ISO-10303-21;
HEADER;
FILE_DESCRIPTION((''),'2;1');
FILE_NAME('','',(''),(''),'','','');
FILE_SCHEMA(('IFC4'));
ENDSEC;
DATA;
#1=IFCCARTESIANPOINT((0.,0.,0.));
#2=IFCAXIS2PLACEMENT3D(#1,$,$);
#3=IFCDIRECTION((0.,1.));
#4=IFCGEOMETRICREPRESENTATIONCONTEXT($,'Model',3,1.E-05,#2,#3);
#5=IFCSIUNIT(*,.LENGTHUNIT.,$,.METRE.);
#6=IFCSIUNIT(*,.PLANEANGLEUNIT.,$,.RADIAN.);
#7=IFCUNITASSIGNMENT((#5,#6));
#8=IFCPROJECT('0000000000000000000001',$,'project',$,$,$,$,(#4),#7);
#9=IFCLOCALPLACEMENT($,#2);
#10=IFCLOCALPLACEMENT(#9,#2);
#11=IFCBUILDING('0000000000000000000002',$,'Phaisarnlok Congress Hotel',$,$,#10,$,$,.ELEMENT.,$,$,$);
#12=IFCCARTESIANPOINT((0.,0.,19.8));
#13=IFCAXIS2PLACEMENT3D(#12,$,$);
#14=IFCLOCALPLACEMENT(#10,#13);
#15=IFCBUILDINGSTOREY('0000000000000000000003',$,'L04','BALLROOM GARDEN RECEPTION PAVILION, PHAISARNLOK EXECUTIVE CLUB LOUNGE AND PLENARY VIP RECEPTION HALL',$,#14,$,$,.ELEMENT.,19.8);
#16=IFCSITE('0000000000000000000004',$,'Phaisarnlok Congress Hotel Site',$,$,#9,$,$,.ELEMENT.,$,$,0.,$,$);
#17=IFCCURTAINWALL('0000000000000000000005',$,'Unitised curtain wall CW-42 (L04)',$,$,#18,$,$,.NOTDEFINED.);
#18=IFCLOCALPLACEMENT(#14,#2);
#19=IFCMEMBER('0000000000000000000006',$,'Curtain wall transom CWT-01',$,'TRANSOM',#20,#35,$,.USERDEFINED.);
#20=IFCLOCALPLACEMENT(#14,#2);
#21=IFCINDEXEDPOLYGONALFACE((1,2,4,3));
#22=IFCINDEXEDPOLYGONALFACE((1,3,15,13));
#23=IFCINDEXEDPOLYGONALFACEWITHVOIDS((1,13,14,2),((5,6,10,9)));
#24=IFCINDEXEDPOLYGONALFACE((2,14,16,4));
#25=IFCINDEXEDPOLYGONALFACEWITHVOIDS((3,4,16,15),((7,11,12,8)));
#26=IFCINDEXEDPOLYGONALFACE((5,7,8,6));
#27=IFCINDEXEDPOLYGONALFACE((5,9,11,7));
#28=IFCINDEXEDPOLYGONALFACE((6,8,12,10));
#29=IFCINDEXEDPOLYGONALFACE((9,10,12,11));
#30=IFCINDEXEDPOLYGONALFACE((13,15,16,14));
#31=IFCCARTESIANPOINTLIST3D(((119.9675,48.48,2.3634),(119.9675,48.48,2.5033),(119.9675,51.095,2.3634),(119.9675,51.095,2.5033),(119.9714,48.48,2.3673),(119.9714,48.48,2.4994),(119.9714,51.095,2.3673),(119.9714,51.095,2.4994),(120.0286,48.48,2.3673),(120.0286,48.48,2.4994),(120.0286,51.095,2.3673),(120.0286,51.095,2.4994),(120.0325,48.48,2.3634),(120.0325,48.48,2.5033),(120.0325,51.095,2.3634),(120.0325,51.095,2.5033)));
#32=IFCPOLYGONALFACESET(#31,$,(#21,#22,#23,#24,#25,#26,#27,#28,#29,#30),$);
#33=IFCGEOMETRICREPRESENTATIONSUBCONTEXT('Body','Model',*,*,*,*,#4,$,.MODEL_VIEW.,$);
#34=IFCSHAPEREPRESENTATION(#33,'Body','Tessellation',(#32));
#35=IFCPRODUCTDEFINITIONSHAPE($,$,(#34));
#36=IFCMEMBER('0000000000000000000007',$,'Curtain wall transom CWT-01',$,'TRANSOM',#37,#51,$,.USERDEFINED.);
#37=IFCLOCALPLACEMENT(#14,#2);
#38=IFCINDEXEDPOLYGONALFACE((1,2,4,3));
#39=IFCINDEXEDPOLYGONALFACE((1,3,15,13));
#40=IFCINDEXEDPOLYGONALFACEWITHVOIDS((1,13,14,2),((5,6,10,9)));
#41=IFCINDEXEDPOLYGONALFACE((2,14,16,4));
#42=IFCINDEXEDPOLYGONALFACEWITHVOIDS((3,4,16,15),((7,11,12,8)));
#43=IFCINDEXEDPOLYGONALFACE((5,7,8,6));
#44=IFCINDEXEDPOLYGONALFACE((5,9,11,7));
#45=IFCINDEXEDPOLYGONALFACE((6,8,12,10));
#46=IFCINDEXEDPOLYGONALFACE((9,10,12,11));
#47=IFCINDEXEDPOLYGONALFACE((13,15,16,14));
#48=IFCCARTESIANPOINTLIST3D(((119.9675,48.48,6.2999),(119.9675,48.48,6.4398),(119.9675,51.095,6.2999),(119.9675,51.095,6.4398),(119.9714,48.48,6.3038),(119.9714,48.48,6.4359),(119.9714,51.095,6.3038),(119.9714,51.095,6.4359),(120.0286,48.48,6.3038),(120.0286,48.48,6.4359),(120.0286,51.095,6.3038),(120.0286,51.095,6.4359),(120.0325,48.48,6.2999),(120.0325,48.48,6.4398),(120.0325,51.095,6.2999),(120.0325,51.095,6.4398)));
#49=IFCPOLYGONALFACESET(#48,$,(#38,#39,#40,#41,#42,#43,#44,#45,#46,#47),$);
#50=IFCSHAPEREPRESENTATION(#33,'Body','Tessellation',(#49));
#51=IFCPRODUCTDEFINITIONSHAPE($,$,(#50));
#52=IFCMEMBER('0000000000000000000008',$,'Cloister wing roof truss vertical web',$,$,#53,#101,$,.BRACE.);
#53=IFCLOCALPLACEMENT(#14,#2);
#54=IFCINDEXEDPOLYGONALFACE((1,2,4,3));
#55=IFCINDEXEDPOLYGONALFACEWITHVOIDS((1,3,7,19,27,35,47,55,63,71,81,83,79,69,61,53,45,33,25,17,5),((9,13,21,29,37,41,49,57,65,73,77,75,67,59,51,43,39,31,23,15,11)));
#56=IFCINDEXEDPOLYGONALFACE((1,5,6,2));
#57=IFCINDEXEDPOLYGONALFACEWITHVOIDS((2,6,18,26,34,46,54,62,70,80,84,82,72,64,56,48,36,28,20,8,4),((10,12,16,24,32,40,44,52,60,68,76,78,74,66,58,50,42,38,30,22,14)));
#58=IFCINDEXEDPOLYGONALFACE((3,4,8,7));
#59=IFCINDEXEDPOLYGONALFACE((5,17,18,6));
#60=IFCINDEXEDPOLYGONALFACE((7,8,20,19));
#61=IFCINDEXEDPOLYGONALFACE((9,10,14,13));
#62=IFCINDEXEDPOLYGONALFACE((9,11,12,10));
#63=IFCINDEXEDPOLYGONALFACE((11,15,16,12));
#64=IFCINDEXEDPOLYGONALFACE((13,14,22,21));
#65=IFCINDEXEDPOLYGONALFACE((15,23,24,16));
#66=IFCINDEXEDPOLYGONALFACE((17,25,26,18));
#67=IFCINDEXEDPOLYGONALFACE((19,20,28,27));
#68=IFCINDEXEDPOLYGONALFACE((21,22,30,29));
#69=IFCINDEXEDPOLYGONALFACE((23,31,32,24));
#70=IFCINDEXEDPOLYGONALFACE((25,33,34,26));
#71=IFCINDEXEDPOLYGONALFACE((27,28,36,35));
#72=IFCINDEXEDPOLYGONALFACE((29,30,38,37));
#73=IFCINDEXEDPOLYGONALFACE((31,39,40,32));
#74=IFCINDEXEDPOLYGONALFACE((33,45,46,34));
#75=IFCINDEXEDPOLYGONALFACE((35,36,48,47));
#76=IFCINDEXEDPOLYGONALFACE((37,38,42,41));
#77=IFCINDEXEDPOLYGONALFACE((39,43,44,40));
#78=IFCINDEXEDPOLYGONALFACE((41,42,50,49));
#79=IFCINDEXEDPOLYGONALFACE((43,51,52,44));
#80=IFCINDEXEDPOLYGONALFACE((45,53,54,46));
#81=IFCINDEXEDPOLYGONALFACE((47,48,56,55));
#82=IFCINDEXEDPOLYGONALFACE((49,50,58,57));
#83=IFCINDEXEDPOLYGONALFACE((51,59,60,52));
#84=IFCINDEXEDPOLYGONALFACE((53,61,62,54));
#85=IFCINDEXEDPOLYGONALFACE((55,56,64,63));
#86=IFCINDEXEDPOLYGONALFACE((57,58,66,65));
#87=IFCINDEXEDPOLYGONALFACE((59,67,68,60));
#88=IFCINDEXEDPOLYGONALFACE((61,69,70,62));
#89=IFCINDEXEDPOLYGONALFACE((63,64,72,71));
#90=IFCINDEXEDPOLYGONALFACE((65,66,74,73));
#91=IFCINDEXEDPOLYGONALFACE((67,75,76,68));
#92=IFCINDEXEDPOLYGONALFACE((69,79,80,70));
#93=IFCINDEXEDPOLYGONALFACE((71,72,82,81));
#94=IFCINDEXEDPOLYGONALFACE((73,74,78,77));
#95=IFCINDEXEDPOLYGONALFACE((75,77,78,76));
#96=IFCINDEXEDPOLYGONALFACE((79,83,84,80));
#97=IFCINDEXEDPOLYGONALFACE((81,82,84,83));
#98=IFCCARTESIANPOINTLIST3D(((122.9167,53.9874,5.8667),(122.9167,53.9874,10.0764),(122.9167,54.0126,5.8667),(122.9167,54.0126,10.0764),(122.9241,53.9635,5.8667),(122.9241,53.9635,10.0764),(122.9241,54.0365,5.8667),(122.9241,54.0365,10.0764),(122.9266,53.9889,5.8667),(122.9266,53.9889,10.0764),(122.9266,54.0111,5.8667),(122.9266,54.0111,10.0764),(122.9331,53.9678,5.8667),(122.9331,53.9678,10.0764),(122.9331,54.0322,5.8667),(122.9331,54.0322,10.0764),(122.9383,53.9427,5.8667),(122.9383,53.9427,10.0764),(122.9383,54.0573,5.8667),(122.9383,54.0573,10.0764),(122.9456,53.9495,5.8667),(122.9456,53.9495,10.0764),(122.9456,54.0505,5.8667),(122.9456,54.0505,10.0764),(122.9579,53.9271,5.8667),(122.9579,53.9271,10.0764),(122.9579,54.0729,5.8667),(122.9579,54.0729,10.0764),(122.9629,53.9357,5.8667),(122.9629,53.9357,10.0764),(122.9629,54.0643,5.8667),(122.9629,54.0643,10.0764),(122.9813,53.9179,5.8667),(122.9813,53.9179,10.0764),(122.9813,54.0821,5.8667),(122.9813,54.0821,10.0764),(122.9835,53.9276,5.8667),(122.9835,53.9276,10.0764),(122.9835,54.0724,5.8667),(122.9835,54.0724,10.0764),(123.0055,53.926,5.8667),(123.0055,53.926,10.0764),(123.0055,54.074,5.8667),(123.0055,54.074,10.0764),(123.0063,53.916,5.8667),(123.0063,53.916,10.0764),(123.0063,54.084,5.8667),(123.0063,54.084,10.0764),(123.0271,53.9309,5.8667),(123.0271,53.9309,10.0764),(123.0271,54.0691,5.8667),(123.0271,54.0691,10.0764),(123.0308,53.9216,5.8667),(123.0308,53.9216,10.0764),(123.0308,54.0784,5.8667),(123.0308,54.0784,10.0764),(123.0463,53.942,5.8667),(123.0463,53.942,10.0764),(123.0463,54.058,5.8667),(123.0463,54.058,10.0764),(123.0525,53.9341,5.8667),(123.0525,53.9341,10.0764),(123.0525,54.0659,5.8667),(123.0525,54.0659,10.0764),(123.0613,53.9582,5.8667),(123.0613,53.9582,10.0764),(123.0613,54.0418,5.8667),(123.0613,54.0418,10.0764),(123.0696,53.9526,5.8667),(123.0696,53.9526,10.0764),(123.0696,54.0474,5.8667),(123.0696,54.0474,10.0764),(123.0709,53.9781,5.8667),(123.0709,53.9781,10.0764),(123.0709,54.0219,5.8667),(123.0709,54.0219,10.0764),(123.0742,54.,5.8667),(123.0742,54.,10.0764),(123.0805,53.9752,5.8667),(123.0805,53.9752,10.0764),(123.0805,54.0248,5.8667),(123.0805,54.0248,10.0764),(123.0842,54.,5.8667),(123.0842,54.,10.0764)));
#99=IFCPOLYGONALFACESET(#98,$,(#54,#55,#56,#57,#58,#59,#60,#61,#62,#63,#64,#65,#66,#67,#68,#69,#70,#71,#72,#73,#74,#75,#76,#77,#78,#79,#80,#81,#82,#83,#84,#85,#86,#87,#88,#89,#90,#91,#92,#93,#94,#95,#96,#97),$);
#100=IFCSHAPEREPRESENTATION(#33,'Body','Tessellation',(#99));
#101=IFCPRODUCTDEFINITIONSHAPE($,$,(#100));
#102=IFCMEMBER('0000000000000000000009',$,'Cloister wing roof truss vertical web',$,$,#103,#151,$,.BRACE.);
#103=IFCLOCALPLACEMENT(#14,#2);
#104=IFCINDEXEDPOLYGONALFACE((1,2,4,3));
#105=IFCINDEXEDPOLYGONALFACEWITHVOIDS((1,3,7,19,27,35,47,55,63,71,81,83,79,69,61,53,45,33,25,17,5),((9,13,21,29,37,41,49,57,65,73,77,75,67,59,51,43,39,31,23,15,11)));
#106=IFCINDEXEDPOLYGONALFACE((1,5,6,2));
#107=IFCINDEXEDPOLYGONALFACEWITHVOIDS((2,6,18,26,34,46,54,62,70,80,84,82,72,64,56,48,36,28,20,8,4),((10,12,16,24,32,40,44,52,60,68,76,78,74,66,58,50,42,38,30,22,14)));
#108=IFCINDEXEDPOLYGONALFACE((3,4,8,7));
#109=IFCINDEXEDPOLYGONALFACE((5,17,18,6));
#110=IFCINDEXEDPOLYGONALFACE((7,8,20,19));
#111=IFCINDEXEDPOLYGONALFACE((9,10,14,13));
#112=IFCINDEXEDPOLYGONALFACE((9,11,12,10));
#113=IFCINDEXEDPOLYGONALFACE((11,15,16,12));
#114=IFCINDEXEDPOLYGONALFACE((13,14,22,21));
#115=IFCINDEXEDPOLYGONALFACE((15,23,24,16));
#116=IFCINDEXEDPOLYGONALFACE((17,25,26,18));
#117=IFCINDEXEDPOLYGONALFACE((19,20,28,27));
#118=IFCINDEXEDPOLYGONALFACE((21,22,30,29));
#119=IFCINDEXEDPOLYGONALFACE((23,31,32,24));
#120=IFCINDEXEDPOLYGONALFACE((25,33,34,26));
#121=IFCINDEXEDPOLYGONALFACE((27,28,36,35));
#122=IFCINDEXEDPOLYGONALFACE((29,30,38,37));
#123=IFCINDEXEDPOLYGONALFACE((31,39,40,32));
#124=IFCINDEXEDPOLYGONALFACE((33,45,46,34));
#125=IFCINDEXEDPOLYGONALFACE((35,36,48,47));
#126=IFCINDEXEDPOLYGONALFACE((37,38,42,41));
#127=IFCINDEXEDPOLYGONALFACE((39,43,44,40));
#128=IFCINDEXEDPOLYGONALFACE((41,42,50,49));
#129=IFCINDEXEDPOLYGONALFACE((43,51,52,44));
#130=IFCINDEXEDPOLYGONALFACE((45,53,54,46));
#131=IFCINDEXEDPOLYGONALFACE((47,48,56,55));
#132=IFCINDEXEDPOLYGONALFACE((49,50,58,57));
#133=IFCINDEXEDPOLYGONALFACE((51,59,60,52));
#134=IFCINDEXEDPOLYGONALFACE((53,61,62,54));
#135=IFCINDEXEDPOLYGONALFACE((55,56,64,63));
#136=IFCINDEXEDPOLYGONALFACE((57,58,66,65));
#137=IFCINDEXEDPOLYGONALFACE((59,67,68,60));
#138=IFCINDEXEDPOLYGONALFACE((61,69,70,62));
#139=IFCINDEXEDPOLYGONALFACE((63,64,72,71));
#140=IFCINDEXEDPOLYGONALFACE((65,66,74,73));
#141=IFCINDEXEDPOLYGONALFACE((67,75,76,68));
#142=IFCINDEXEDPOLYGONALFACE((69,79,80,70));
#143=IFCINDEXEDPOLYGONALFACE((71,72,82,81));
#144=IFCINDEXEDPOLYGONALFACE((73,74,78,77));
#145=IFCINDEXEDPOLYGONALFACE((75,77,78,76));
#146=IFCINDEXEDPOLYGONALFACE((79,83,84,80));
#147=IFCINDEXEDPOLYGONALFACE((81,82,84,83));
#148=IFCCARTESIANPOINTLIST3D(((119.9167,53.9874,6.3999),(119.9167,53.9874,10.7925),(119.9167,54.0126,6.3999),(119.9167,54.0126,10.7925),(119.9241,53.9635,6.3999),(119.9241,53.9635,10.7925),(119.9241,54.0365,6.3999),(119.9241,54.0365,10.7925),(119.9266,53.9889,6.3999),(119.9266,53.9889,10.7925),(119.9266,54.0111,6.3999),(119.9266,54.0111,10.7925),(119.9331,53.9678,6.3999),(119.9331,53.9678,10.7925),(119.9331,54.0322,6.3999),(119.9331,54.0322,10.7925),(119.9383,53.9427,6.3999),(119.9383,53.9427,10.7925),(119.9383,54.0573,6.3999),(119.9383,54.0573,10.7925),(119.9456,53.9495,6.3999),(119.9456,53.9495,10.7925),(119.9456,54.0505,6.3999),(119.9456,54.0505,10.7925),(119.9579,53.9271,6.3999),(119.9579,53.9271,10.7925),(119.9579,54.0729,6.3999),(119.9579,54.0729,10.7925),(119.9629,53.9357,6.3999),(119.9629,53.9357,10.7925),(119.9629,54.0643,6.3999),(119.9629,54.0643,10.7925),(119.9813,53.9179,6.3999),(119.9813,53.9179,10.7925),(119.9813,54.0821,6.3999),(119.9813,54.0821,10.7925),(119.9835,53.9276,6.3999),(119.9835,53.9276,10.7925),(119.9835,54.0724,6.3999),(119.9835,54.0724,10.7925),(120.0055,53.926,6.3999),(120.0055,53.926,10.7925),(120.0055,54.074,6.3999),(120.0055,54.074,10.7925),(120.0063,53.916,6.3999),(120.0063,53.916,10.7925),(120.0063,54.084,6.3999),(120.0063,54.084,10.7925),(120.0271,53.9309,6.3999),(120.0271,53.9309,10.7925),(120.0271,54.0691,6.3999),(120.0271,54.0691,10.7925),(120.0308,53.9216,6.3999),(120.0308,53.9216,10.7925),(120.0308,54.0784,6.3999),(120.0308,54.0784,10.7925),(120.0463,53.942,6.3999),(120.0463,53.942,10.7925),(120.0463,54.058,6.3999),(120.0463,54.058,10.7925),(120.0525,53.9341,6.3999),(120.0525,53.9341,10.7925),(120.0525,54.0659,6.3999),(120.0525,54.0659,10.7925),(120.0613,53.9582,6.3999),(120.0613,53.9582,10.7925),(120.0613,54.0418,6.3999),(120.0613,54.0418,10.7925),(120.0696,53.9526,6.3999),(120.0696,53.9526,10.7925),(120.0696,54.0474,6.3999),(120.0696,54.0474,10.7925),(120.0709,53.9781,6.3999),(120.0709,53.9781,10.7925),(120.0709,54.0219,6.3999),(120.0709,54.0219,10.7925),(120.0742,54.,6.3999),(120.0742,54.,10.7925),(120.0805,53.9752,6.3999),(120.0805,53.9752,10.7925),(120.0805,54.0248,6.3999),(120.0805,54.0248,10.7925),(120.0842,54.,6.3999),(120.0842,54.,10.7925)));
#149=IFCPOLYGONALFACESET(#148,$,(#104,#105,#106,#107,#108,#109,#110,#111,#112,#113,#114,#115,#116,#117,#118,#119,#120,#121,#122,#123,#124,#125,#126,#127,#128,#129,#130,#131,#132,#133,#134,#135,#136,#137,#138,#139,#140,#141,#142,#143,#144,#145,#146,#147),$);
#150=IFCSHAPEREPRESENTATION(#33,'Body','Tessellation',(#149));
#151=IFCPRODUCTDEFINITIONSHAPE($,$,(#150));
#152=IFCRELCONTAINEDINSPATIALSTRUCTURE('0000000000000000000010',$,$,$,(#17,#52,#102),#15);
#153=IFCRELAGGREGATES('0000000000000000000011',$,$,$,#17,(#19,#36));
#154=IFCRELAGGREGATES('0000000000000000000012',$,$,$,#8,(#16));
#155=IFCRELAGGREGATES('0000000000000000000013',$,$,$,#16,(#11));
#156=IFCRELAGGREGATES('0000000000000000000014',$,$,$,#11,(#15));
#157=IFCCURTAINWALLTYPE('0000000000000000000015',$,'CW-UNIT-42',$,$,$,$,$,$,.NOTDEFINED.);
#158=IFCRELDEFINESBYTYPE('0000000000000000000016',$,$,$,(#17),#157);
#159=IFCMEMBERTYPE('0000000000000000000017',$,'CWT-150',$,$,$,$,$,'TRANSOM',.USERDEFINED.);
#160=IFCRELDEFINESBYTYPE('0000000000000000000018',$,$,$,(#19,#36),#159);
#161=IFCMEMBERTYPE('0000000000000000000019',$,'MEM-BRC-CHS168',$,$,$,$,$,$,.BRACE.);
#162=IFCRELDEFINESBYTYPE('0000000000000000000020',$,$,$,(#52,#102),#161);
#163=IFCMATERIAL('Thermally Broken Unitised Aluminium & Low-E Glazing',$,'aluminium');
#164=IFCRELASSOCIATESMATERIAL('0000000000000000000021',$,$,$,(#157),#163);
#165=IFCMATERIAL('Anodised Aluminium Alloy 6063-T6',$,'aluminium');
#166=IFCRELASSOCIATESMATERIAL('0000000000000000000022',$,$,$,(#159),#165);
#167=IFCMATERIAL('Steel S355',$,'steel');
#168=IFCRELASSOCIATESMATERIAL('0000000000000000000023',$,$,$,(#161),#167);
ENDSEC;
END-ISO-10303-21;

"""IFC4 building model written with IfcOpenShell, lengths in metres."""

from ifc_helpers import new_model, si_unit, direction, frame, origin, origin_2d, place, context, subcontext, project, spatial, hollow_rectangle, hollow_circle, extrude, material, material_profile, profile_set, type_object, element, aggregate, save


model = new_model("IFC4")

# Units and contexts
model_context = context("Model", 3, precision=1e-05, world=origin(), true_north=direction((0.0, 1.0)))
body_context = subcontext(model_context, "Body", "Model", "MODEL_VIEW")
ifc_project = project(units=[si_unit("LENGTHUNIT", "METRE"), si_unit("PLANEANGLEUNIT", "RADIAN")], contexts=[model_context])

# Site, building, storey
site_placement = place(None, origin())
site = spatial("IfcSite", under=ifc_project, at=site_placement, Name="Phaisarnlok Congress Hotel Site", CompositionType="ELEMENT", RefElevation=0.0)
building_placement = place(site_placement, origin())
building = spatial("IfcBuilding", under=site, at=building_placement, Name="Phaisarnlok Congress Hotel", CompositionType="ELEMENT")
storey_placement = place(building_placement, frame((0.0, 0.0, 19.8)))
storey = spatial("IfcBuildingStorey", under=building, at=storey_placement, Name="L04", Description="BALLROOM GARDEN RECEPTION PAVILION, PHAISARNLOK EXECUTIVE CLUB LOUNGE AND PLENARY VIP RECEPTION HALL", CompositionType="ELEMENT", Elevation=19.8)

# Shared definitions
ifc_material_1 = material(Name="Steel S355", Category="steel")

# Curtain wall, members
ifc_material_2 = material(Name="Thermally Broken Unitised Aluminium & Low-E Glazing", Category="aluminium")
curtain_wall_type = type_object("IfcCurtainWallType", Name="CW-UNIT-42", PredefinedType="NOTDEFINED", material=ifc_material_2)
curtain_wall_placement = place(storey_placement, origin())
curtain_wall = element("IfcCurtainWall", 1, at=curtain_wall_placement, inside=storey, type_object=curtain_wall_type, Name="Unitised curtain wall CW-42 (L04)", PredefinedType="NOTDEFINED")
ifc_material_3 = material(Name="Anodised Aluminium Alloy 6063-T6", Category="aluminium")
ifc_material_profile_1 = material_profile(ifc_material_3, hollow_rectangle(XDim=0.0649, YDim=0.1399, WallThickness=0.0039, at=origin_2d()), Name="ALU-T 65x140x4")
ifc_profile_set_1 = profile_set([ifc_material_profile_1], Name="Anodised Aluminium Alloy 6063-T6")
member_type_1 = type_object("IfcMemberType", Name="CWT-150", ElementType="TRANSOM", PredefinedType="USERDEFINED", material=ifc_profile_set_1)
member_1_placement = place(storey_placement, frame((120.0, 51.095, 2.4333), z_axis=(0.0, -1.0, 0.0), x_axis=(1.0, 0.0, 0.0)))
member_1 = element("IfcMember", 2, at=member_1_placement, type_object=member_type_1, Name="Curtain wall transom CWT-01", ObjectType="TRANSOM", PredefinedType="USERDEFINED", context=body_context, shape_type="SweptSolid", body=[
    extrude(hollow_rectangle(XDim=0.0649, YDim=0.1399, WallThickness=0.0039, at=origin_2d()), origin(), (0.0, 0.0, 1.0), 2.615),
])
member_2_placement = place(storey_placement, frame((120.0, 51.095, 6.3699), z_axis=(0.0, -1.0, 0.0), x_axis=(1.0, 0.0, 0.0)))
member_2 = element("IfcMember", 3, at=member_2_placement, type_object=member_type_1, Name="Curtain wall transom CWT-01", ObjectType="TRANSOM", PredefinedType="USERDEFINED", context=body_context, shape_type="SweptSolid", body=[
    extrude(hollow_rectangle(XDim=0.0649, YDim=0.1399, WallThickness=0.0039, at=origin_2d()), origin(), (0.0, 0.0, 1.0), 2.615),
])

# Members
ifc_material_profile_2 = material_profile(ifc_material_1, hollow_circle(Radius=0.0842, WallThickness=0.01, at=origin_2d()), Name="CHS 168.3x10")
ifc_profile_set_2 = profile_set([ifc_material_profile_2], Name="Steel S355")
member_type_2 = type_object("IfcMemberType", Name="MEM-BRC-CHS168", PredefinedType="BRACE", material=ifc_profile_set_2)
member_3_placement = place(storey_placement, frame((123.0, 54.0, 5.8667), z_axis=(0.0, 0.0, 1.0), x_axis=(1.0, 0.0, 0.0)))
element("IfcMember", 4, at=member_3_placement, inside=storey, type_object=member_type_2, Name="Cloister wing roof truss vertical web", PredefinedType="BRACE", context=body_context, shape_type="SweptSolid", body=[
    extrude(hollow_circle(Radius=0.0842, WallThickness=0.01, at=origin_2d()), origin(), (0.0, 0.0, 1.0), 4.2097),
])
member_4_placement = place(storey_placement, frame((120.0, 54.0, 6.3999), z_axis=(0.0, 0.0, 1.0), x_axis=(1.0, 0.0, 0.0)))
element("IfcMember", 5, at=member_4_placement, inside=storey, type_object=member_type_2, Name="Cloister wing roof truss vertical web", PredefinedType="BRACE", context=body_context, shape_type="SweptSolid", body=[
    extrude(hollow_circle(Radius=0.0842, WallThickness=0.01, at=origin_2d()), origin(), (0.0, 0.0, 1.0), 4.3926),
])

aggregate(curtain_wall, [member_1, member_2])

save(model, "model.ifc")
